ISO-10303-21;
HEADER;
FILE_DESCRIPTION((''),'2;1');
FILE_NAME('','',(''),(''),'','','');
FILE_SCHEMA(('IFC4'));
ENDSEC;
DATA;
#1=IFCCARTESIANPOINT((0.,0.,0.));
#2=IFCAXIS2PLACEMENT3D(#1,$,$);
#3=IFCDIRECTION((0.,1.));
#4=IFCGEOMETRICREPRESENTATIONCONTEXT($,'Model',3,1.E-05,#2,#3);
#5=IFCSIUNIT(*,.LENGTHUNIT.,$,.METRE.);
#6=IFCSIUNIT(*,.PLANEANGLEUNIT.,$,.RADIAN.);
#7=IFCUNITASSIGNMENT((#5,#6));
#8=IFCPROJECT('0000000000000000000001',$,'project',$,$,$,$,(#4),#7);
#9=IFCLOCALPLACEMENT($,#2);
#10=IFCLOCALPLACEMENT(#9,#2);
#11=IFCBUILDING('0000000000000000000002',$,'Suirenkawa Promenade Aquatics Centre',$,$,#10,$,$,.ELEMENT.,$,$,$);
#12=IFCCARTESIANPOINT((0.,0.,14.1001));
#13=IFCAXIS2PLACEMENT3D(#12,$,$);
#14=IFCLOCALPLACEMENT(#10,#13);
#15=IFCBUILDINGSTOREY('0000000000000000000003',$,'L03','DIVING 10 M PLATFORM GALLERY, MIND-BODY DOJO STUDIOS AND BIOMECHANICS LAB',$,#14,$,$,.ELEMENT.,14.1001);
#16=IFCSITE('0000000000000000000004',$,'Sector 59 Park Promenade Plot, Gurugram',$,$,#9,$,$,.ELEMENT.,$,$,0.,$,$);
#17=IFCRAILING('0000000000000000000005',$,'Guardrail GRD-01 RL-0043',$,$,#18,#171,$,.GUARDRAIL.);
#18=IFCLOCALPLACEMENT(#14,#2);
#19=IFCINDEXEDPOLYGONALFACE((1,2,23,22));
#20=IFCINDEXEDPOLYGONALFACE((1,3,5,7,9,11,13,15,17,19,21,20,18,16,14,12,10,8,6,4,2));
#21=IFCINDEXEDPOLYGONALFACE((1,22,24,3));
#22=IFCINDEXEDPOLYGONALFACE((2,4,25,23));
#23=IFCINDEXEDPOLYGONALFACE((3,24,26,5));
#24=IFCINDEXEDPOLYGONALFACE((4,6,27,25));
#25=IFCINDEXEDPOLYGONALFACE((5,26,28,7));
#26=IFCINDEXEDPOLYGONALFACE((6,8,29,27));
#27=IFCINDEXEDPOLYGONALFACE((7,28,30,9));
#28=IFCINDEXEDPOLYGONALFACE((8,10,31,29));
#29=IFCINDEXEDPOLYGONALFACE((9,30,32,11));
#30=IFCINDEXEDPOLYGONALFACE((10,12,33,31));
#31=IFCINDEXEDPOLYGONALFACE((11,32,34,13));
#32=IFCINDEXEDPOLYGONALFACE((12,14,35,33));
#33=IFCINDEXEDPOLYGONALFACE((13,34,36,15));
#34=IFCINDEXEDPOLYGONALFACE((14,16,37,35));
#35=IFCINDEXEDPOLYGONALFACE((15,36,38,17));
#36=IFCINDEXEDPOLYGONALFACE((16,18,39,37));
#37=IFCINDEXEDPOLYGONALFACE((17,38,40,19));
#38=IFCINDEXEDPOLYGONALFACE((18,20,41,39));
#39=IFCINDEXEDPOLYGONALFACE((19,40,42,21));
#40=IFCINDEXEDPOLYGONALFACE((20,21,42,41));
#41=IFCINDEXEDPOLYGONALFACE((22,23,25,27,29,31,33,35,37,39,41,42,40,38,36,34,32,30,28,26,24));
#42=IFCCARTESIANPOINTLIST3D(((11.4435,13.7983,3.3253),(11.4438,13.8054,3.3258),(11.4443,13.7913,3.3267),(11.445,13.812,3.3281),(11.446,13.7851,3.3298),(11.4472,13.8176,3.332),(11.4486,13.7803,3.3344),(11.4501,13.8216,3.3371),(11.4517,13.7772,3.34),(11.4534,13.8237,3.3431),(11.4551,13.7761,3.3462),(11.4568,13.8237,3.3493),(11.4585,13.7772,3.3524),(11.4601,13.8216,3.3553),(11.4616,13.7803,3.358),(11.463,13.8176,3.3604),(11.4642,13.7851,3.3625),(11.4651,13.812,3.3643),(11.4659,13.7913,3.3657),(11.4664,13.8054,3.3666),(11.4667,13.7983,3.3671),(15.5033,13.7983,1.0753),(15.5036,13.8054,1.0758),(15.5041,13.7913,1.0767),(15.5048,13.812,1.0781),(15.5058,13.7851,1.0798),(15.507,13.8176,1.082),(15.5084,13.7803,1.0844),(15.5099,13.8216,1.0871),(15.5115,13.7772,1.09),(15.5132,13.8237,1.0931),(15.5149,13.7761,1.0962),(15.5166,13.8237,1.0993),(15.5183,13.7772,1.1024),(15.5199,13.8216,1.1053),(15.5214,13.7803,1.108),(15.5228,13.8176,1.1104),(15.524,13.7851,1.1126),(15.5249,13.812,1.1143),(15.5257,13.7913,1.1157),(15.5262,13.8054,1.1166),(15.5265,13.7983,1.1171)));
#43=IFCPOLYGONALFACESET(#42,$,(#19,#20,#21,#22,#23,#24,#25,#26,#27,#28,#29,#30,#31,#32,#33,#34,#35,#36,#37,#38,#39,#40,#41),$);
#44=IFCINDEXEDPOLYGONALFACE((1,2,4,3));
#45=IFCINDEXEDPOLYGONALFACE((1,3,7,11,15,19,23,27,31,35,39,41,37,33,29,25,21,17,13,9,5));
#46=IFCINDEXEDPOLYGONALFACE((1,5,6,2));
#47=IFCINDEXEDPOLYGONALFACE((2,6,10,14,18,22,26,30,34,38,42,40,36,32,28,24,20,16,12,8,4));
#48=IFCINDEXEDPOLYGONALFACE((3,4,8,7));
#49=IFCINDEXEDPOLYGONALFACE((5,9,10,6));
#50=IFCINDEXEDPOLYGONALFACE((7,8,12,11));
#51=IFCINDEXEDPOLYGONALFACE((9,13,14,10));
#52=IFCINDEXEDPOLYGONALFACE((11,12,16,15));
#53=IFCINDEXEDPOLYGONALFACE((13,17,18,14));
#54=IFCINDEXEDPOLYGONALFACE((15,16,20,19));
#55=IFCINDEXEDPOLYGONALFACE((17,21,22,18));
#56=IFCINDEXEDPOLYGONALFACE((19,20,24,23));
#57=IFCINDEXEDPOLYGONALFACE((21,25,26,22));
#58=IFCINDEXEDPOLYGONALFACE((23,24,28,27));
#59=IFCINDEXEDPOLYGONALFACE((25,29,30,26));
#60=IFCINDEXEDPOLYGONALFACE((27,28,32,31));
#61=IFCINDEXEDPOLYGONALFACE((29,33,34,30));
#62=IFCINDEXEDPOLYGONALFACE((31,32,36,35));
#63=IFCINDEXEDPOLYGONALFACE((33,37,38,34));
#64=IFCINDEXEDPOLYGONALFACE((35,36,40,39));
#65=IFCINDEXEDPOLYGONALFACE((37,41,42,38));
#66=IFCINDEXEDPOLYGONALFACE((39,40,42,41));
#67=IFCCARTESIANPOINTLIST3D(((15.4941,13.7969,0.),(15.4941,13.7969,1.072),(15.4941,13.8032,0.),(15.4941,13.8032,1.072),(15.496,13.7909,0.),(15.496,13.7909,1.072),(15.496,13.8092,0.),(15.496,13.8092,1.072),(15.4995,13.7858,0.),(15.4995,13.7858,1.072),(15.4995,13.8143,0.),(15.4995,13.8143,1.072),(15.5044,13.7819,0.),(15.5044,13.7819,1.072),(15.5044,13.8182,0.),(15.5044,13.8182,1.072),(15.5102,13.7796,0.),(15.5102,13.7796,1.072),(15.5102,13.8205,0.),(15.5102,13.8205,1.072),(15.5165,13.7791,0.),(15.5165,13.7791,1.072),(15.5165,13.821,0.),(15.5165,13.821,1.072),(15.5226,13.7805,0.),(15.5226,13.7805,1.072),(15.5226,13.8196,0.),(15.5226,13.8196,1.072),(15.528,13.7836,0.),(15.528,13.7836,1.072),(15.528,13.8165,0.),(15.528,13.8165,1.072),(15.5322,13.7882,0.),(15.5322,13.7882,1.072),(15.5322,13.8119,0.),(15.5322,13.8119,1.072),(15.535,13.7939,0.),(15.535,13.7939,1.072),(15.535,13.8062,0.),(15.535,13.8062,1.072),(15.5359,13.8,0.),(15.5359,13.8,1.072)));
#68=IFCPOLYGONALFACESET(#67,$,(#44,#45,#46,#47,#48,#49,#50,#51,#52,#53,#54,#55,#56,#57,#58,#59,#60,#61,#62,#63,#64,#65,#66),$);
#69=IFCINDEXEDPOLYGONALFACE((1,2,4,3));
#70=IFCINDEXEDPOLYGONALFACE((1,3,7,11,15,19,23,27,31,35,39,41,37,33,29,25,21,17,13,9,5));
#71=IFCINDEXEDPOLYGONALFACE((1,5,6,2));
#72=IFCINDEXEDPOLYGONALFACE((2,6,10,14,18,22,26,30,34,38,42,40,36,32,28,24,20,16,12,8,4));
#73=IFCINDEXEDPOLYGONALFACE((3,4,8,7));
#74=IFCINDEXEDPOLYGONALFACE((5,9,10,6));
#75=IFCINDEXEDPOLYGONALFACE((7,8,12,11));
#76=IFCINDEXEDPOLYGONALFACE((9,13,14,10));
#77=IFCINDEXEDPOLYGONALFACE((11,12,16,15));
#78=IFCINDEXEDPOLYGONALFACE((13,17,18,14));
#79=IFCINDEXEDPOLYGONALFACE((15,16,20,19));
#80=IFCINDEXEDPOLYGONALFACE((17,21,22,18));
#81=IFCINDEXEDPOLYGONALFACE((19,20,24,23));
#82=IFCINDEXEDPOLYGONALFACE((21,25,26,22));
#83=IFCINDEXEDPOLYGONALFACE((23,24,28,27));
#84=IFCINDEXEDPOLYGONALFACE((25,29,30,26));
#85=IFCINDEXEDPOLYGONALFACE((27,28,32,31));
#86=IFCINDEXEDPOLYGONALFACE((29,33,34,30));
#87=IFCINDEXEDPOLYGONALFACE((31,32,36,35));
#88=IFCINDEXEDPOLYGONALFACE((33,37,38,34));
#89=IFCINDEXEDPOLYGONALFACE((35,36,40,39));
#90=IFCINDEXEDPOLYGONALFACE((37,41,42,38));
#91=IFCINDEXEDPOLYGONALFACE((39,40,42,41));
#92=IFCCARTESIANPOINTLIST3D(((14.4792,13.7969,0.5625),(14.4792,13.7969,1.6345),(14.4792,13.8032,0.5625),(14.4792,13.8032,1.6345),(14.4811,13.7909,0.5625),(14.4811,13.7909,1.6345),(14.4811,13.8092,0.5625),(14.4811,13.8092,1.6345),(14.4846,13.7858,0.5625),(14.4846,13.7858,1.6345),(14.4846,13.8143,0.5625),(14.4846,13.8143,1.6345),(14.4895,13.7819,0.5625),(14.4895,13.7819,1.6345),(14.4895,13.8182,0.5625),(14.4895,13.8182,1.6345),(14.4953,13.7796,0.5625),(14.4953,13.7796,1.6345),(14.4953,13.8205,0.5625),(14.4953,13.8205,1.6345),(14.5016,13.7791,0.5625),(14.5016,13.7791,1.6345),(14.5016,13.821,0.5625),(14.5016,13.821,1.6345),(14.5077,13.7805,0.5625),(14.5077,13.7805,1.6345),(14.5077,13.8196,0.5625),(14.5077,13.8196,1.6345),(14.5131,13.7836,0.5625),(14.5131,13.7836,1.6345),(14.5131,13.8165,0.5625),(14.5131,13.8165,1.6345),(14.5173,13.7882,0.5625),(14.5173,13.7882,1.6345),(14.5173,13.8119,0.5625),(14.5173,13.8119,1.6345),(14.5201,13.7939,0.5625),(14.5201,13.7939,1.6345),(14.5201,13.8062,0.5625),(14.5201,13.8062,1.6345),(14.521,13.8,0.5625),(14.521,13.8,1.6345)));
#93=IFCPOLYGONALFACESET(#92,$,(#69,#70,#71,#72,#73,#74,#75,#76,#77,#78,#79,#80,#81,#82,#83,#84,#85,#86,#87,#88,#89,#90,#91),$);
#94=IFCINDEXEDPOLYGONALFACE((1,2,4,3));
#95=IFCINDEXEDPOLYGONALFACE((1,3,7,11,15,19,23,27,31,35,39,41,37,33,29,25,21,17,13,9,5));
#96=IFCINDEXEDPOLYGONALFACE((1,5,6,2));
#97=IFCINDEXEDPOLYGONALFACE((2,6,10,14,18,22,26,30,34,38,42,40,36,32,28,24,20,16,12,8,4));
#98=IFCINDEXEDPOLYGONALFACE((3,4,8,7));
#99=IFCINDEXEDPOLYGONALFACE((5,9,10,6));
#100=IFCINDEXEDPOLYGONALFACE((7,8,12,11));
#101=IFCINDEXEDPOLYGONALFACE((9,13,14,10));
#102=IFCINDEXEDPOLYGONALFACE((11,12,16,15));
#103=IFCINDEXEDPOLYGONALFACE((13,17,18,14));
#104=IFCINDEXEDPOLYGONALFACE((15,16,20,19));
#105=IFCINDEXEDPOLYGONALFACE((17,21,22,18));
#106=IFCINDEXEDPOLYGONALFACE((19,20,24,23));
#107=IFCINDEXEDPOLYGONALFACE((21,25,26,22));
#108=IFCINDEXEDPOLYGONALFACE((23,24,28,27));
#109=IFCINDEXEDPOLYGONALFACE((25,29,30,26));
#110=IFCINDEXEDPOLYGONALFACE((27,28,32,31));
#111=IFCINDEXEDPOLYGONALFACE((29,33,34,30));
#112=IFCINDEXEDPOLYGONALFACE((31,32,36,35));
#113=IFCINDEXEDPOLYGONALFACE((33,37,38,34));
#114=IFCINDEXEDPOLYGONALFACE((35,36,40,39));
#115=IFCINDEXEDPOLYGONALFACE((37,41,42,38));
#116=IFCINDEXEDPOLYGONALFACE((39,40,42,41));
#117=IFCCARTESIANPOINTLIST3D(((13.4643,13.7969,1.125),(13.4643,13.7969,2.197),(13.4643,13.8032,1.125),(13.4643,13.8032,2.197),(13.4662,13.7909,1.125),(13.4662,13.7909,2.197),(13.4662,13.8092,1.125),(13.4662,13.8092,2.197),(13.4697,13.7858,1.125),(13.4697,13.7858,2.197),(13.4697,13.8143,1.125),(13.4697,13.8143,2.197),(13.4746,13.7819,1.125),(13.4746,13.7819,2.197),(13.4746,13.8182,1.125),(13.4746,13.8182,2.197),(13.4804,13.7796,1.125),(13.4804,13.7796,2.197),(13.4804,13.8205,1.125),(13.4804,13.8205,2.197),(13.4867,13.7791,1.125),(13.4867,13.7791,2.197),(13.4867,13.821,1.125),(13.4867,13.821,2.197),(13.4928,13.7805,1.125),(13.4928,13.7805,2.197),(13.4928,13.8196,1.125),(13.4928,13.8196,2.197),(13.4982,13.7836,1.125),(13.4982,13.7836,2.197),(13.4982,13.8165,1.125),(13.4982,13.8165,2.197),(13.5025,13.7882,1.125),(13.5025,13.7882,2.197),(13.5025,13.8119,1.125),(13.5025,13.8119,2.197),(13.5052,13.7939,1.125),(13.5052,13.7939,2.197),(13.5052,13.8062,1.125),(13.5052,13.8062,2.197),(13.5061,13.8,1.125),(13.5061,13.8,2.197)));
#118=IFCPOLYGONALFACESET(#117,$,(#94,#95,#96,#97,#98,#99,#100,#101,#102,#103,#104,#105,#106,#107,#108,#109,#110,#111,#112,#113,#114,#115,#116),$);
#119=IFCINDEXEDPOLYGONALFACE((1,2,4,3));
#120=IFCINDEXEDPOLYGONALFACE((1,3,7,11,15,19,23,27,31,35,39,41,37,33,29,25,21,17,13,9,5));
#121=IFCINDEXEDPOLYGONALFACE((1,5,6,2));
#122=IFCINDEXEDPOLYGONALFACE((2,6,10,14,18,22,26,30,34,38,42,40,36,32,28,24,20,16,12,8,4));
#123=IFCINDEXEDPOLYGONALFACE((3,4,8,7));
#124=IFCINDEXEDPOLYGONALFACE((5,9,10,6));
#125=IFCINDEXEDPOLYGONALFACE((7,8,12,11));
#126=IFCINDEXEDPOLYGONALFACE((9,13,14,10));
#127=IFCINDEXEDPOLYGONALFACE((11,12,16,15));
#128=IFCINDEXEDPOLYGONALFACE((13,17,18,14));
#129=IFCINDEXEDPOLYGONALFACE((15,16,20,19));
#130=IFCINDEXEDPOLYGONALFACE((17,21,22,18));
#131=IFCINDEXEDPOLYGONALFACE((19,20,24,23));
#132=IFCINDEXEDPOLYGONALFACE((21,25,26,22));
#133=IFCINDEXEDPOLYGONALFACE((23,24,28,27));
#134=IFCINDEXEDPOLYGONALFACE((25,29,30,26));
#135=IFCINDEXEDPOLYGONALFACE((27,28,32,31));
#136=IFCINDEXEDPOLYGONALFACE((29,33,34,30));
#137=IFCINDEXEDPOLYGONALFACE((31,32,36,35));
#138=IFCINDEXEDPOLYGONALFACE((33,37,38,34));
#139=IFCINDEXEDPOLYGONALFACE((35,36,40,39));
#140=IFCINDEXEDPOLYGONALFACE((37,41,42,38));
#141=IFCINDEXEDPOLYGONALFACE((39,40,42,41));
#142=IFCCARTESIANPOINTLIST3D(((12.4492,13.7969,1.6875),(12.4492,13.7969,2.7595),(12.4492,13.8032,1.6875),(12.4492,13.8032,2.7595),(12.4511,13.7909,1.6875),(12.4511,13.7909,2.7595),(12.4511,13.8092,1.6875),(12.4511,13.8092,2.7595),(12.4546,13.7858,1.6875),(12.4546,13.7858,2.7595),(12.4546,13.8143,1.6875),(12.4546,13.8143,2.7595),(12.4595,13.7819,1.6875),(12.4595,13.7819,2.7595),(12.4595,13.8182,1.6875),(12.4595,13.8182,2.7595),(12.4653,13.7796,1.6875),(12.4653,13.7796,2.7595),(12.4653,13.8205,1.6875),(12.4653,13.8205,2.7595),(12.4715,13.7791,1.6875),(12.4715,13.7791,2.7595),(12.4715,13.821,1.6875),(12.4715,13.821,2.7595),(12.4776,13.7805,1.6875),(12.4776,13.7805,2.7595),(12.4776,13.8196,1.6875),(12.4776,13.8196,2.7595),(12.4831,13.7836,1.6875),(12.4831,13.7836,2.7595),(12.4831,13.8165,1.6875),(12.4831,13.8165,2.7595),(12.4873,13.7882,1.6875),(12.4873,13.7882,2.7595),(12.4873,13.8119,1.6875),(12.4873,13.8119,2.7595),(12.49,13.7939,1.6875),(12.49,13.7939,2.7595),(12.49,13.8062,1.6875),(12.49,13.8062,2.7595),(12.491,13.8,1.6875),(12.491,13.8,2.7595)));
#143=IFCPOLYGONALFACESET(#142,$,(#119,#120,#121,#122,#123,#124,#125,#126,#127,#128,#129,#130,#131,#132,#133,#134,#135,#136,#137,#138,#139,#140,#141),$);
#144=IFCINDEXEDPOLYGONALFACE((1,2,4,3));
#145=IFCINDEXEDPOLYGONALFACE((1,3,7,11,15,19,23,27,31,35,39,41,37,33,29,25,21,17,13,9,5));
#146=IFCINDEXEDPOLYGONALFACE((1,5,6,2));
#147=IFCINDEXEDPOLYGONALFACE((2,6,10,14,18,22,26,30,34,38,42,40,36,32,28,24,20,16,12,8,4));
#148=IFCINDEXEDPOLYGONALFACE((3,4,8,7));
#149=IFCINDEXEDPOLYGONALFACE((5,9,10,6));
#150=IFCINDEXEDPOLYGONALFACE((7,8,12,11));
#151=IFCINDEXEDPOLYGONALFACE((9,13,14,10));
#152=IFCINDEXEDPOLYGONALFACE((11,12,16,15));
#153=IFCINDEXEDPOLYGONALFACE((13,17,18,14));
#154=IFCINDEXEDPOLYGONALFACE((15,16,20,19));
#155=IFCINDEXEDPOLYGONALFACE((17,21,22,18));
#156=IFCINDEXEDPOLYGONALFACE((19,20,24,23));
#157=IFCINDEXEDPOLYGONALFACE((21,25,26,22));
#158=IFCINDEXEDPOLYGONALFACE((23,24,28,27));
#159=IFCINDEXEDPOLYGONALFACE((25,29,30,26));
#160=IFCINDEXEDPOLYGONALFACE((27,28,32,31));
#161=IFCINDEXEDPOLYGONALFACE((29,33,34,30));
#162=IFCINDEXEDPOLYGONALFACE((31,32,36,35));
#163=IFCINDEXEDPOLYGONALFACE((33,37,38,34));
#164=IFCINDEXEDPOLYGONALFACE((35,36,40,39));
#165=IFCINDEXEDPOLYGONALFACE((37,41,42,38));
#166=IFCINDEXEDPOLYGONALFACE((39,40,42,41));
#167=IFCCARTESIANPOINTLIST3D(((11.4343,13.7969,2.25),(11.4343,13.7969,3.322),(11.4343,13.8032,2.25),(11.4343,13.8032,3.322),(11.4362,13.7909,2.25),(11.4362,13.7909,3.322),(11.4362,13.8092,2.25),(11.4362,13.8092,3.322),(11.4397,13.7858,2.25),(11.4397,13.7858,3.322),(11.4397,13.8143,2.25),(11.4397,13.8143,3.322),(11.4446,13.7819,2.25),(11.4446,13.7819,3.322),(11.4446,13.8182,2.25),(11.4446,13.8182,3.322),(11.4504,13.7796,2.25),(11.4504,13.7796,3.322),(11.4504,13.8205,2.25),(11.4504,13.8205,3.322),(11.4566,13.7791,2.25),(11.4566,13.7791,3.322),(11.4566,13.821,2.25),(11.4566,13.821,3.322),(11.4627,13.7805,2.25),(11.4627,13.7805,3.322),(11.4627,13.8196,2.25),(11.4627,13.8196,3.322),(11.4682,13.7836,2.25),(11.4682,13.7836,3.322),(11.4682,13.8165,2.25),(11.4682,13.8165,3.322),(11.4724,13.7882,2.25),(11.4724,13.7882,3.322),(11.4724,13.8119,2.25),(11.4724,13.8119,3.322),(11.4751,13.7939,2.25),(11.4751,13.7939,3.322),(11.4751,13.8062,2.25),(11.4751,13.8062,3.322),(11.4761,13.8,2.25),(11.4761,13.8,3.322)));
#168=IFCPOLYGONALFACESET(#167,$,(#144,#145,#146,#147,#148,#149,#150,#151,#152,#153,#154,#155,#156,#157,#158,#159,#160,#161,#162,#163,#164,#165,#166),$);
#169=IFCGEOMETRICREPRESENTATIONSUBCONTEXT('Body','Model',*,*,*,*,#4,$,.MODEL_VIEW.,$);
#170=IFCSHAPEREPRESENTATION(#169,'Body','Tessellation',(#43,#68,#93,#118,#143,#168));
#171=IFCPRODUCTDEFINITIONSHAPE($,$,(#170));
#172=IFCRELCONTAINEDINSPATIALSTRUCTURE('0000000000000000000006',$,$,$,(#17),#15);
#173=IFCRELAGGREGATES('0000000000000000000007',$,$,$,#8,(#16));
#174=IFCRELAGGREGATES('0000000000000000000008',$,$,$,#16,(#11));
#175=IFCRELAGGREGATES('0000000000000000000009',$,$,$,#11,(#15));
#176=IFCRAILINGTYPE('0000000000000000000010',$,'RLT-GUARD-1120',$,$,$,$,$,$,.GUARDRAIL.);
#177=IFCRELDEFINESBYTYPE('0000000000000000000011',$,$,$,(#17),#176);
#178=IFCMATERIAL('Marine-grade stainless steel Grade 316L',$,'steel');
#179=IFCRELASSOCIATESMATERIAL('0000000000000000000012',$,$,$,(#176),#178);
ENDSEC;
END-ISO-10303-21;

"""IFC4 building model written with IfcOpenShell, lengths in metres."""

from ifc_helpers import new_model, si_unit, direction, frame, origin, origin_2d, place, context, subcontext, project, spatial, circle, extrude, material, type_object, element, save


model = new_model("IFC4")

# Units and contexts
model_context = context("Model", 3, precision=1e-05, world=origin(), true_north=direction((0.0, 1.0)))
body_context = subcontext(model_context, "Body", "Model", "MODEL_VIEW")
ifc_project = project(units=[si_unit("LENGTHUNIT", "METRE"), si_unit("PLANEANGLEUNIT", "RADIAN")], contexts=[model_context])

# Site, building, storey
site_placement = place(None, origin())
site = spatial("IfcSite", under=ifc_project, at=site_placement, Name="Sector 59 Park Promenade Plot, Gurugram", CompositionType="ELEMENT", RefElevation=0.0)
building_placement = place(site_placement, origin())
building = spatial("IfcBuilding", under=site, at=building_placement, Name="Suirenkawa Promenade Aquatics Centre", CompositionType="ELEMENT")
storey_placement = place(building_placement, frame((0.0, 0.0, 14.1001)))
storey = spatial("IfcBuildingStorey", under=building, at=storey_placement, Name="L03", Description="DIVING 10 M PLATFORM GALLERY, MIND-BODY DOJO STUDIOS AND BIOMECHANICS LAB", CompositionType="ELEMENT", Elevation=14.1001)

# Railing
ifc_material_1 = material(Name="Marine-grade stainless steel Grade 316L", Category="steel")
railing_type_1 = type_object("IfcRailingType", Name="RLT-GUARD-1120", PredefinedType="GUARDRAIL", material=ifc_material_1)
railing_1_placement = place(storey_placement, frame((15.5149, 13.8, 0.0)))
element("IfcRailing", 1, at=railing_1_placement, inside=storey, type_object=railing_type_1, Name="Guardrail GRD-01 RL-0043", PredefinedType="GUARDRAIL", context=body_context, shape_type="SweptSolid", body=[
    extrude(circle(Radius=0.0239, at=origin_2d()), frame((0.0, 0.0, 1.0962), z_axis=(-0.874656, 0.0, 0.484745), x_axis=(0.0, -1.0, 0.0)), (0.0, 0.0, 1.0), 4.6416),
    extrude(circle(Radius=0.021, at=origin_2d()), origin(), (0.0, 0.0, 1.0), 1.072),
    extrude(circle(Radius=0.021, at=origin_2d()), frame((-1.0149, 0.0, 0.5625)), (0.0, 0.0, 1.0), 1.072),
    extrude(circle(Radius=0.021, at=origin_2d()), frame((-2.0298, 0.0, 1.125)), (0.0, 0.0, 1.0), 1.072),
    extrude(circle(Radius=0.021, at=origin_2d()), frame((-3.0449, 0.0, 1.6875)), (0.0, 0.0, 1.0), 1.072),
    extrude(circle(Radius=0.021, at=origin_2d()), frame((-4.0598, 0.0, 2.25)), (0.0, 0.0, 1.0), 1.072),
])

save(model, "model.ifc")
